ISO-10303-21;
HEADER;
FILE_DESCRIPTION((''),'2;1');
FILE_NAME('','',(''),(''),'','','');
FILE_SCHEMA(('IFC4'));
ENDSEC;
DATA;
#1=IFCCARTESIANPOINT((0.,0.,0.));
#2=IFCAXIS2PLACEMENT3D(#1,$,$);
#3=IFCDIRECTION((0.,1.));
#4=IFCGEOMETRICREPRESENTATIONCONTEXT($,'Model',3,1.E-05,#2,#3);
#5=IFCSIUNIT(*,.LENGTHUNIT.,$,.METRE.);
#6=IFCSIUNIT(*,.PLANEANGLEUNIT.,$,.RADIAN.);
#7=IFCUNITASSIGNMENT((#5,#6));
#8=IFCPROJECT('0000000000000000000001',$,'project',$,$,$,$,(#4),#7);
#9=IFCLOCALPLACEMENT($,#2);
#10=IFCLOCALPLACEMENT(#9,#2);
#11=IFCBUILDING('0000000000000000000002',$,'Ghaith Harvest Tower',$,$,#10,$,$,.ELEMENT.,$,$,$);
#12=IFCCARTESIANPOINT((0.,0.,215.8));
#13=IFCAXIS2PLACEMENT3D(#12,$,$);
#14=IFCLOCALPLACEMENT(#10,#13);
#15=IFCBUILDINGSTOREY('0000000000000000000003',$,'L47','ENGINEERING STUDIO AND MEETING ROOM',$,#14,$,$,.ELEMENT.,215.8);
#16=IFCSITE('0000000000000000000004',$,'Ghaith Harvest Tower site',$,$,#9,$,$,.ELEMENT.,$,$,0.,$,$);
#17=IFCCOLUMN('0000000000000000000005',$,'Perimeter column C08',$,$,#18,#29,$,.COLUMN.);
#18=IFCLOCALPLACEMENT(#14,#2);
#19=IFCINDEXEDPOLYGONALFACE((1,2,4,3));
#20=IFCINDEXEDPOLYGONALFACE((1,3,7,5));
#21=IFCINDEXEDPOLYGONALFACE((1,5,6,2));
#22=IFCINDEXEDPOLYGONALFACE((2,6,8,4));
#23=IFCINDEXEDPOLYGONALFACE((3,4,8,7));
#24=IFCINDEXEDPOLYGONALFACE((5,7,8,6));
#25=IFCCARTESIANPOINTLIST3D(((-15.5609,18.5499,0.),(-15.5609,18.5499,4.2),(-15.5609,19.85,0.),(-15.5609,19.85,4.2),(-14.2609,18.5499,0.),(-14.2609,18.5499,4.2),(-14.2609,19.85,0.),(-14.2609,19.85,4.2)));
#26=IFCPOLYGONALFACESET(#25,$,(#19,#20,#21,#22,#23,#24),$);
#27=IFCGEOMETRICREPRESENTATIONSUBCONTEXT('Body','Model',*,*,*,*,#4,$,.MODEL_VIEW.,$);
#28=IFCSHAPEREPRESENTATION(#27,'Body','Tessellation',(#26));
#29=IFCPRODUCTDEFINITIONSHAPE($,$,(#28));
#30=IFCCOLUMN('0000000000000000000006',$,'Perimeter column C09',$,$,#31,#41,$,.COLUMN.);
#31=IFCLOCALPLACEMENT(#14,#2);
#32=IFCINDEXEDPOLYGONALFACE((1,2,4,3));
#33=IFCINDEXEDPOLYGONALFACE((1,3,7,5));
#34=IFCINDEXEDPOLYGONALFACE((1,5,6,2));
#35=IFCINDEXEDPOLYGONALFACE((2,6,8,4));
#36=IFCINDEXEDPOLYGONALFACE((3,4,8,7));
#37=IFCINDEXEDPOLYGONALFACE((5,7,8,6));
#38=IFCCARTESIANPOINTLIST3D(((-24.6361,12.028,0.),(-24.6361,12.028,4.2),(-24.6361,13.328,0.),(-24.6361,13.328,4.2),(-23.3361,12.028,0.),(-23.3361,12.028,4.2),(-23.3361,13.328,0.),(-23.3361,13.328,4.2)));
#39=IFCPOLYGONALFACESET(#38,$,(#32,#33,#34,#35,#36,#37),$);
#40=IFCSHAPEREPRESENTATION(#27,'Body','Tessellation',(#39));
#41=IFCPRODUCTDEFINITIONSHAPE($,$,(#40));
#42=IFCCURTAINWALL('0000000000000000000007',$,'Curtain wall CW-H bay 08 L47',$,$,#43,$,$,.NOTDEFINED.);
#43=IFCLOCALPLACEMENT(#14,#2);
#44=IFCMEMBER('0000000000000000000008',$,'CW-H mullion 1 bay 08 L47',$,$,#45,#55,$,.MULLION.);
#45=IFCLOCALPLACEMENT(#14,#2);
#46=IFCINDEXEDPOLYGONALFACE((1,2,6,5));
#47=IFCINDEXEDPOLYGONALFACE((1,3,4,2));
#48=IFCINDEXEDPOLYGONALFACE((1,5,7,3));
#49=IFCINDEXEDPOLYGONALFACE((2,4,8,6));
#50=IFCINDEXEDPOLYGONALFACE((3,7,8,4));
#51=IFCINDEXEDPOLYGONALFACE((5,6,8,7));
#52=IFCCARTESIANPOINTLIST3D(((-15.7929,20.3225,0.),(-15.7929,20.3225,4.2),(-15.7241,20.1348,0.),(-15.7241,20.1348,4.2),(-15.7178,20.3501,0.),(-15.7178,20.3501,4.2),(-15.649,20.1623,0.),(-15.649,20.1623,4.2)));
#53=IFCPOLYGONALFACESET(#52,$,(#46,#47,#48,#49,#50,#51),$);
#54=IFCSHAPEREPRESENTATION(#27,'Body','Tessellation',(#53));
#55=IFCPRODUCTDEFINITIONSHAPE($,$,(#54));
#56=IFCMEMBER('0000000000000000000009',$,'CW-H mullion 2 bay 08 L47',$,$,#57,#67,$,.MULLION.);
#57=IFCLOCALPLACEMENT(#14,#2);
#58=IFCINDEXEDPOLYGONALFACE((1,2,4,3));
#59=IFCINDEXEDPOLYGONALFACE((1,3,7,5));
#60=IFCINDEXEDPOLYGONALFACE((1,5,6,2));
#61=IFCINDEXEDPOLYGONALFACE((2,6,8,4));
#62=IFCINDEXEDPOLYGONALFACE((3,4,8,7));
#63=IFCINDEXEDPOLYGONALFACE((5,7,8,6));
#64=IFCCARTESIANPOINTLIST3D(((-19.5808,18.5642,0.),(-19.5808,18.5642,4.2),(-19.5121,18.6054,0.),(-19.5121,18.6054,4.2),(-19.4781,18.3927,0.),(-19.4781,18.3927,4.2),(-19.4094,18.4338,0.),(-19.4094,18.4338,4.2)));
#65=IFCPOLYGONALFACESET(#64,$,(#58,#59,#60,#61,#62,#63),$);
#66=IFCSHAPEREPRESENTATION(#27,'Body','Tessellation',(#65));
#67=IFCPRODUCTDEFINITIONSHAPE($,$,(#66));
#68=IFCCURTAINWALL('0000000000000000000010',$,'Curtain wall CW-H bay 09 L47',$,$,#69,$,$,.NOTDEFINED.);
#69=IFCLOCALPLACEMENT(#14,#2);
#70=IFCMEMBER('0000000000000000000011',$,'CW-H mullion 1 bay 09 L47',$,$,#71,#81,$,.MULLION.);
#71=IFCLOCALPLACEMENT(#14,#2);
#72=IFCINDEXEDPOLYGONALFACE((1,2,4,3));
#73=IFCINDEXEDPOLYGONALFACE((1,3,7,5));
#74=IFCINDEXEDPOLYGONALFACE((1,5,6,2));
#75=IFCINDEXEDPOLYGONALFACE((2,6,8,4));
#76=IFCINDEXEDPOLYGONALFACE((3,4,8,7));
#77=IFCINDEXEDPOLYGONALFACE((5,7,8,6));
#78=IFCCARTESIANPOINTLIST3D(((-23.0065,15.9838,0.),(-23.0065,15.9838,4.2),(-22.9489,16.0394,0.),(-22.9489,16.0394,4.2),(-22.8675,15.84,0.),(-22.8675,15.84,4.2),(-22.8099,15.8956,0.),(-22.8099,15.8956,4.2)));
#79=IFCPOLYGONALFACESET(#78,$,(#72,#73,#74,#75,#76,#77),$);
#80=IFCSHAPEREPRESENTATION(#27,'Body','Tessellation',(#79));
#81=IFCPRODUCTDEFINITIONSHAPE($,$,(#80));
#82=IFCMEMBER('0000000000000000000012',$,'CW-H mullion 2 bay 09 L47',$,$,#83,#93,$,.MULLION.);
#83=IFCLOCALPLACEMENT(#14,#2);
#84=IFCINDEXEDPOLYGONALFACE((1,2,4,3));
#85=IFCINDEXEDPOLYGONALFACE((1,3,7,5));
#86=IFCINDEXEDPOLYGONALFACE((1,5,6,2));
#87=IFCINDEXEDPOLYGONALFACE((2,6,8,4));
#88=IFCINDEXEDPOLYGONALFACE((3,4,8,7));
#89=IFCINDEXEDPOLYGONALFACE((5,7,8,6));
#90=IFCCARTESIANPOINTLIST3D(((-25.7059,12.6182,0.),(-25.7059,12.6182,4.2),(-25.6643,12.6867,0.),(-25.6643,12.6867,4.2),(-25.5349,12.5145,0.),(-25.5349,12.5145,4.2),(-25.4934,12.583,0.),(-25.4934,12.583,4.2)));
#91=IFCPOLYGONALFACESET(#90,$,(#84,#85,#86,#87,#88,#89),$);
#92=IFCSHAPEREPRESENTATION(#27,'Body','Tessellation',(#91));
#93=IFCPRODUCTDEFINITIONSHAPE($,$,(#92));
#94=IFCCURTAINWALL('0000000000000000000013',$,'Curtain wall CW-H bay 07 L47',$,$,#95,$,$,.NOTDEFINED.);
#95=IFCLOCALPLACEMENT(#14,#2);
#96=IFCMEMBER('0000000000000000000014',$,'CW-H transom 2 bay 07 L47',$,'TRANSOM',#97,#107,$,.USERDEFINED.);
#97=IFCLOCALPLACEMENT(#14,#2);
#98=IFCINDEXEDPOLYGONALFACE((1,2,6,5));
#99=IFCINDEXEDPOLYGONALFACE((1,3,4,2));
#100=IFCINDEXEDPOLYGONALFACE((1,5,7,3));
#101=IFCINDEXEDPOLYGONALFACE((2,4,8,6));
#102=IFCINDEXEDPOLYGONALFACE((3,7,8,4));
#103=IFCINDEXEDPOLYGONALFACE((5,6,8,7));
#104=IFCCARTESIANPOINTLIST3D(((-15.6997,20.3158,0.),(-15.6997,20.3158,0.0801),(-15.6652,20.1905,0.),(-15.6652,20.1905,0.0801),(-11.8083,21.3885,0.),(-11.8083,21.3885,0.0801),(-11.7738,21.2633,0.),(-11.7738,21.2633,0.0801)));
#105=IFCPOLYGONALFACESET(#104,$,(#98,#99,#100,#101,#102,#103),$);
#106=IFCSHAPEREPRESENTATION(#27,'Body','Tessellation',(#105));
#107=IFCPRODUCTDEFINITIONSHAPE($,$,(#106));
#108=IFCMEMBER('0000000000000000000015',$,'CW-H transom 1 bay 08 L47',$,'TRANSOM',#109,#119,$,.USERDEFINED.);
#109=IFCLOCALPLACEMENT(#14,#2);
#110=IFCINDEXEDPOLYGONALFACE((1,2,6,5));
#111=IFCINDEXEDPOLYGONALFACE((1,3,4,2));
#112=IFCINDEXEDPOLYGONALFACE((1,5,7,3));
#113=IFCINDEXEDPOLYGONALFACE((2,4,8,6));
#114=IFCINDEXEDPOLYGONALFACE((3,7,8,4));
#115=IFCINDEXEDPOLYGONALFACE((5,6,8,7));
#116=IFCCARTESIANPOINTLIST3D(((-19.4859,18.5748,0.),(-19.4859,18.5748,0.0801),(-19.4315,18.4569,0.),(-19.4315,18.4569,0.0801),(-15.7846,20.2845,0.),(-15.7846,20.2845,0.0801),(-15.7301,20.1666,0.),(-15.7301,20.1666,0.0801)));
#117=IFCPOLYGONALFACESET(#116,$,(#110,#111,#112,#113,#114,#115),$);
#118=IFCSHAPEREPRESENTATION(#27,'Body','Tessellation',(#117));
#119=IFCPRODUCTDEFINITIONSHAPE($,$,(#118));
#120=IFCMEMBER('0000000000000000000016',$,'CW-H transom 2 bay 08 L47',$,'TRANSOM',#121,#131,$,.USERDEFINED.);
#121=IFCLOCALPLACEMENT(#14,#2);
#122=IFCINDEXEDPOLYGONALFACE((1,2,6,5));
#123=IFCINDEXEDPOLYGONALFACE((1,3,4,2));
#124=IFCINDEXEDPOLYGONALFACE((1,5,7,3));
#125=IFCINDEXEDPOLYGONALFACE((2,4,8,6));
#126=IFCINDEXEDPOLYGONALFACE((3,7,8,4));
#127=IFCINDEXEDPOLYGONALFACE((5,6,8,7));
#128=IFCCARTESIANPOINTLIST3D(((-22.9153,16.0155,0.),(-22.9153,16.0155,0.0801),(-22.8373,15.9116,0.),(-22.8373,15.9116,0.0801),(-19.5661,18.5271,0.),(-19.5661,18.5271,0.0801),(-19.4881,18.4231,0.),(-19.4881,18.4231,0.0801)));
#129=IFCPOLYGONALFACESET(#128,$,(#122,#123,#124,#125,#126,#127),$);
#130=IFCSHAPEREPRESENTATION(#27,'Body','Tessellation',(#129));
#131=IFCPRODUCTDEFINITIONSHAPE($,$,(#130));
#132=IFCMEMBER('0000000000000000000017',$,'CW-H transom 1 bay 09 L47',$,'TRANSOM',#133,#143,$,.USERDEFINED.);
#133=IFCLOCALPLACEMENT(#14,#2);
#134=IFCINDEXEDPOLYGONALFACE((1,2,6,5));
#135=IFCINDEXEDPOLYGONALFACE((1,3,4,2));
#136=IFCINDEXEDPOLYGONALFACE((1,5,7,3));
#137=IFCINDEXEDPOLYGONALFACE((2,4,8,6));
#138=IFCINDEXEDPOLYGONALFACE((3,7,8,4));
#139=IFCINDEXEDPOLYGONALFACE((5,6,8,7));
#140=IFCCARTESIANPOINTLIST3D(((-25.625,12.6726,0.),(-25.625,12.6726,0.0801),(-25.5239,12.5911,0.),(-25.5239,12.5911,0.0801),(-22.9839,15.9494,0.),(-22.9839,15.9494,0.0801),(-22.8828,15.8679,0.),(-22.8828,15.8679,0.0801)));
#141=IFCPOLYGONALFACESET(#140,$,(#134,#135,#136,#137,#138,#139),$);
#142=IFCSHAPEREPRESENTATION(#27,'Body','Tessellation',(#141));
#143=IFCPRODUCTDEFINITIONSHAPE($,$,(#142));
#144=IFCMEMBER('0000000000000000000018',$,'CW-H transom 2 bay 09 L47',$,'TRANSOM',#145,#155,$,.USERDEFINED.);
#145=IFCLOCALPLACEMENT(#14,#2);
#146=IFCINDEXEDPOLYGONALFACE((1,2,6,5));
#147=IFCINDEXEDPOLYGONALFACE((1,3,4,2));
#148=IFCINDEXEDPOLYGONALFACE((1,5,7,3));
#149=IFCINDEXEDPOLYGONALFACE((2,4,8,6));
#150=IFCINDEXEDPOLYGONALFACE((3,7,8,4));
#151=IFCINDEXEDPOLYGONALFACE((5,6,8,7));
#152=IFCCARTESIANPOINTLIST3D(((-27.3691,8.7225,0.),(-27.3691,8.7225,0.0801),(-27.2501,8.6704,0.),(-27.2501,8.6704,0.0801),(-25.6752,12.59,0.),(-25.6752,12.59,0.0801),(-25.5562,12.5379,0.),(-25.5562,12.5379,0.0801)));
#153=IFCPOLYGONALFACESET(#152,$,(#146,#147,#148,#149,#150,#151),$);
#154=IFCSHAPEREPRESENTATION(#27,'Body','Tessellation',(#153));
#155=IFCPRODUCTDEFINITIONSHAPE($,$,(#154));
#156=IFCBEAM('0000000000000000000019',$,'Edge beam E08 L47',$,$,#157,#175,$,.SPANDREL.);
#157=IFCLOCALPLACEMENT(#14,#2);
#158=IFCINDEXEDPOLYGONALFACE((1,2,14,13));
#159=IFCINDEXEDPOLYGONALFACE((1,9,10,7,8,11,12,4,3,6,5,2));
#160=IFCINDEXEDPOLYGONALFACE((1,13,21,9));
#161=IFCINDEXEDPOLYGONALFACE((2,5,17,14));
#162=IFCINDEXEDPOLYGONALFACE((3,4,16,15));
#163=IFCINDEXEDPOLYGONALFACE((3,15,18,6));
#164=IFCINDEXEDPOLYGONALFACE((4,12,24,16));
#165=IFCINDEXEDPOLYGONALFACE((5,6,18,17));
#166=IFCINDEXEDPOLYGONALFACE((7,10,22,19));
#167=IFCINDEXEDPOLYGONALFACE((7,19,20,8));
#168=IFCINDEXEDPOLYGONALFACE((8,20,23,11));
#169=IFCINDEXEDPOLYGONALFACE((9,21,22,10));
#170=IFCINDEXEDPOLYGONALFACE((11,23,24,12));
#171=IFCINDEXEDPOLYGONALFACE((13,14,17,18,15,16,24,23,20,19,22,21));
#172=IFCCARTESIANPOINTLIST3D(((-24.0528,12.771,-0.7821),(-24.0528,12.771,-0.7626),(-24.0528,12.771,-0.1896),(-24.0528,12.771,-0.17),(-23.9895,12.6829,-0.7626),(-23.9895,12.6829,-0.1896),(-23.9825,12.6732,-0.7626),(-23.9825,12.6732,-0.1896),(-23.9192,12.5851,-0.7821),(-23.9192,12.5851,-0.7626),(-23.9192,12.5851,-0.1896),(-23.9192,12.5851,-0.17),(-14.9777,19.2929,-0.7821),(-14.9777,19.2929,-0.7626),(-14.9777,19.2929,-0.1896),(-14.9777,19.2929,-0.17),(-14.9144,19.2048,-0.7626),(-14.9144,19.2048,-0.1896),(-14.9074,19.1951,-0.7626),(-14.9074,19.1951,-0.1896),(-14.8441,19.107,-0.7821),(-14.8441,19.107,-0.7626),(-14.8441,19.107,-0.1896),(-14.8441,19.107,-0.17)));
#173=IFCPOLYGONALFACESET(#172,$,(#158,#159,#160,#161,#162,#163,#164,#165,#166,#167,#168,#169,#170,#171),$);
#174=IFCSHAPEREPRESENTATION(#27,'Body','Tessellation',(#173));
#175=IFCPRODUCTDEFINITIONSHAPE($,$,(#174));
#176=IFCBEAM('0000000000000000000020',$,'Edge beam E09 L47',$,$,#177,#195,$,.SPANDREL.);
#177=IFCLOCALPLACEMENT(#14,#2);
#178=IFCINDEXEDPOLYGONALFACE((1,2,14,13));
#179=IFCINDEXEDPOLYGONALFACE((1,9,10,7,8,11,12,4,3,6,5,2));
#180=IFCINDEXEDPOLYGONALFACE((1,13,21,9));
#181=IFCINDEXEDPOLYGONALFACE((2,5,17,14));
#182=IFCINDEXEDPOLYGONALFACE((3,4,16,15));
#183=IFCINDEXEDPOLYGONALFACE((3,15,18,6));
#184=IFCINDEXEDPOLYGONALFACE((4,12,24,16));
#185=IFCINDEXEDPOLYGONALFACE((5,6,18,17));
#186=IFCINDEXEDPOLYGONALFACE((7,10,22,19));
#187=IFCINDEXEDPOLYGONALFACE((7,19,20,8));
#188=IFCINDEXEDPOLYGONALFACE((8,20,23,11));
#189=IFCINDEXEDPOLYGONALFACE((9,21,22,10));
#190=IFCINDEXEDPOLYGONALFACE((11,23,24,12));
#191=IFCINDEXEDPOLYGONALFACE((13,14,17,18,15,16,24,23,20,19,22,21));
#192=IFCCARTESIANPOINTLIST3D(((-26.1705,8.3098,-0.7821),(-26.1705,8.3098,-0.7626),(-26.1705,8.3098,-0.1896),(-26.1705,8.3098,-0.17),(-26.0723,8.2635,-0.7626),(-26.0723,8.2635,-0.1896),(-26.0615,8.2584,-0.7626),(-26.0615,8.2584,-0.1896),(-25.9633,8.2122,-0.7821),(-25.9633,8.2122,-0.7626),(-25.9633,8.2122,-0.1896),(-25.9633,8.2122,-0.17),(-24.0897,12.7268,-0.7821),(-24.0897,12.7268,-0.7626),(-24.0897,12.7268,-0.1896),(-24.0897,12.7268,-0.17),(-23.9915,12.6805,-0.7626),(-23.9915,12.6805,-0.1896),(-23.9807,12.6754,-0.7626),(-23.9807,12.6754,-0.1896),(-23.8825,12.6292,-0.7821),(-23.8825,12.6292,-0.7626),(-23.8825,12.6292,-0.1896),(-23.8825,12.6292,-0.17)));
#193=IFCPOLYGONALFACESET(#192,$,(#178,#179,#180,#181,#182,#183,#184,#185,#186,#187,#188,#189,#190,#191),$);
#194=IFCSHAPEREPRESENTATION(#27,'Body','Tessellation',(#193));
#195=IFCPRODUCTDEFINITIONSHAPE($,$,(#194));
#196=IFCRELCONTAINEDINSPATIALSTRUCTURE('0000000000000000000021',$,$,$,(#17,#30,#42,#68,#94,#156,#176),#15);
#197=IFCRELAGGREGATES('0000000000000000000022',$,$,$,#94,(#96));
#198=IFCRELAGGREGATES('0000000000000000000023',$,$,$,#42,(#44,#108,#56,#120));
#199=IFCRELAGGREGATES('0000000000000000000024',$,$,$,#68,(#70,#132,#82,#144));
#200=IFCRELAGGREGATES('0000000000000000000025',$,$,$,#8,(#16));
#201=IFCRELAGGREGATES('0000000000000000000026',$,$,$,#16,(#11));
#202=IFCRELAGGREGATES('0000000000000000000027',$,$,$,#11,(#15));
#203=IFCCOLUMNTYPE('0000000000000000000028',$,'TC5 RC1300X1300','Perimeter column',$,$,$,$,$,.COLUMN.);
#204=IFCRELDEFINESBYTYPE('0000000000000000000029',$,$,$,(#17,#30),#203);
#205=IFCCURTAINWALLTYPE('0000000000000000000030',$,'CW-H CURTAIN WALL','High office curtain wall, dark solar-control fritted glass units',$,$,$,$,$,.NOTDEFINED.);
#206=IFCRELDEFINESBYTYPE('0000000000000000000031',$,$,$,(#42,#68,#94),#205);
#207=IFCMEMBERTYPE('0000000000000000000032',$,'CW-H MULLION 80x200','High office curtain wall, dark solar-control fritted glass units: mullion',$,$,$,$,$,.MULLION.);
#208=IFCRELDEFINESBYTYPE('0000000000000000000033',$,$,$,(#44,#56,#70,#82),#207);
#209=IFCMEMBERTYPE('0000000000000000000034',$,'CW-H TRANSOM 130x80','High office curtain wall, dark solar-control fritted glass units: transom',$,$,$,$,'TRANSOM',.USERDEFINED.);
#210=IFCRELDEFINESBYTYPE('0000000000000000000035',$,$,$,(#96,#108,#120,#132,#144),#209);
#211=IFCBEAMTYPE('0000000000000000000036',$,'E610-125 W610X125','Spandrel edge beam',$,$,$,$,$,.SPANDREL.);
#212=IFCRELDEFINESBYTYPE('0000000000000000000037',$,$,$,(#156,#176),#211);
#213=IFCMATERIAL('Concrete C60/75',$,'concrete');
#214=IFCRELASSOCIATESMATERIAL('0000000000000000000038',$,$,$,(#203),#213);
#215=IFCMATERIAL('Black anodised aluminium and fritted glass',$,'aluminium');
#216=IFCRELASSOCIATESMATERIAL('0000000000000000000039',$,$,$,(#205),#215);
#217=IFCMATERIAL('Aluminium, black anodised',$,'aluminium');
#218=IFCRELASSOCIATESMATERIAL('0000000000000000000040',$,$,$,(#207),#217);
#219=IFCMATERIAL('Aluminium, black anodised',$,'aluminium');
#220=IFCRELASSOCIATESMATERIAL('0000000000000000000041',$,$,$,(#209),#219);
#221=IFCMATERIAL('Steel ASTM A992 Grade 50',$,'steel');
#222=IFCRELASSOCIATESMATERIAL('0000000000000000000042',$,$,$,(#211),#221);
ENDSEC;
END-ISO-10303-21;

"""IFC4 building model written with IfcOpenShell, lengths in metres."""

from ifc_helpers import new_model, si_unit, direction, frame, origin, origin_2d, place, context, subcontext, project, spatial, rectangle, i_section, extrude, material, material_profile, profile_set, type_object, element, aggregate, save


model = new_model("IFC4")

# Units and contexts
model_context = context("Model", 3, precision=1e-05, world=origin(), true_north=direction((0.0, 1.0)))
body_context = subcontext(model_context, "Body", "Model", "MODEL_VIEW")
ifc_project = project(units=[si_unit("LENGTHUNIT", "METRE"), si_unit("PLANEANGLEUNIT", "RADIAN")], contexts=[model_context])

# Site, building, storey
site_placement = place(None, origin())
site = spatial("IfcSite", under=ifc_project, at=site_placement, Name="Ghaith Harvest Tower site", CompositionType="ELEMENT", RefElevation=0.0)
building_placement = place(site_placement, origin())
building = spatial("IfcBuilding", under=site, at=building_placement, Name="Ghaith Harvest Tower", CompositionType="ELEMENT")
storey_placement = place(building_placement, frame((0.0, 0.0, 215.8)))
storey = spatial("IfcBuildingStorey", under=building, at=storey_placement, Name="L47", Description="ENGINEERING STUDIO AND MEETING ROOM", CompositionType="ELEMENT", Elevation=215.8)

# Columns
ifc_material_1 = material(Name="Concrete C60/75", Category="concrete")
ifc_material_profile_1 = material_profile(ifc_material_1, rectangle(XDim=1.3, YDim=1.3, at=origin_2d()), Name="RC1300X1300")
ifc_profile_set_1 = profile_set([ifc_material_profile_1], Name="Concrete C60/75")
column_type = type_object("IfcColumnType", Name="TC5 RC1300X1300", Description="Perimeter column", PredefinedType="COLUMN", material=ifc_profile_set_1)
for number, where, z_axis, x_axis, name in (
    (1, (-14.9109, 19.2, 0.0), (0.0, 0.0, 1.0), (1.0, 0.0, 0.0), "Perimeter column C08"),
    (2, (-23.9861, 12.678, 0.0), (0.0, 0.0, 1.0), (1.0, 0.0, 0.0), "Perimeter column C09"),
):
    element("IfcColumn", number, at=place(storey_placement, frame(where, z_axis=z_axis, x_axis=x_axis)), inside=storey, type_object=column_type, Name=name, PredefinedType="COLUMN", context=body_context, shape_type="SweptSolid", body=[
        extrude(rectangle(XDim=1.3, YDim=1.3, at=origin_2d()), origin(), (0.0, 0.0, 1.0), 4.2),
    ])

# Curtain walls, members
ifc_material_2 = material(Name="Black anodised aluminium and fritted glass", Category="aluminium")
curtain_wall_type = type_object("IfcCurtainWallType", Name="CW-H CURTAIN WALL", Description="High office curtain wall, dark solar-control fritted glass units", PredefinedType="NOTDEFINED", material=ifc_material_2)
curtain_wall_1_placement = place(storey_placement, origin())
curtain_wall_1 = element("IfcCurtainWall", 3, at=curtain_wall_1_placement, inside=storey, type_object=curtain_wall_type, Name="Curtain wall CW-H bay 08 L47", PredefinedType="NOTDEFINED")
ifc_material_3 = material(Name="Aluminium, black anodised", Category="aluminium")
ifc_material_profile_2 = material_profile(ifc_material_3, rectangle(XDim=0.0801, YDim=0.2, at=origin_2d()), Name="CW-H MULLION 80x200")
ifc_profile_set_2 = profile_set([ifc_material_profile_2], Name="Aluminium, black anodised")
member_type_1 = type_object("IfcMemberType", Name="CW-H MULLION 80x200", Description="High office curtain wall, dark solar-control fritted glass units: mullion", PredefinedType="MULLION", material=ifc_profile_set_2)
member_1_placement = place(storey_placement, frame((-15.7209, 20.2424, 0.0), z_axis=(0.0, 0.0, 1.0), x_axis=(-0.938931, -0.344106, 0.0)))
member_1 = element("IfcMember", 4, at=member_1_placement, type_object=member_type_1, Name="CW-H mullion 1 bay 08 L47", PredefinedType="MULLION", context=body_context, shape_type="SweptSolid", body=[
    extrude(rectangle(XDim=0.0801, YDim=0.2, at=origin_2d()), origin(), (0.0, 0.0, 1.0), 4.2),
])
member_2_placement = place(storey_placement, frame((-19.4951, 18.499, 0.0), z_axis=(0.0, 0.0, 1.0), x_axis=(-0.857999, -0.513652, 0.0)))
member_2 = element("IfcMember", 5, at=member_2_placement, type_object=member_type_1, Name="CW-H mullion 2 bay 08 L47", PredefinedType="MULLION", context=body_context, shape_type="SweptSolid", body=[
    extrude(rectangle(XDim=0.0801, YDim=0.2, at=origin_2d()), origin(), (0.0, 0.0, 1.0), 4.2),
])
curtain_wall_2_placement = place(storey_placement, origin())
curtain_wall_2 = element("IfcCurtainWall", 6, at=curtain_wall_2_placement, inside=storey, type_object=curtain_wall_type, Name="Curtain wall CW-H bay 09 L47", PredefinedType="NOTDEFINED")
member_3_placement = place(storey_placement, frame((-22.9082, 15.9397, 0.0), z_axis=(0.0, 0.0, 1.0), x_axis=(-0.719146, -0.694859, 0.0)))
member_3 = element("IfcMember", 7, at=member_3_placement, type_object=member_type_1, Name="CW-H mullion 1 bay 09 L47", PredefinedType="MULLION", context=body_context, shape_type="SweptSolid", body=[
    extrude(rectangle(XDim=0.0801, YDim=0.2, at=origin_2d()), origin(), (0.0, 0.0, 1.0), 4.2),
])
member_4_placement = place(storey_placement, frame((-25.5996, 12.6006, 0.0), z_axis=(0.0, 0.0, 1.0), x_axis=(-0.518769, -0.854914, 0.0)))
member_4 = element("IfcMember", 8, at=member_4_placement, type_object=member_type_1, Name="CW-H mullion 2 bay 09 L47", PredefinedType="MULLION", context=body_context, shape_type="SweptSolid", body=[
    extrude(rectangle(XDim=0.0801, YDim=0.2, at=origin_2d()), origin(), (0.0, 0.0, 1.0), 4.2),
])

# Curtain wall, member
curtain_wall_3_placement = place(storey_placement, origin())
curtain_wall_3 = element("IfcCurtainWall", 9, at=curtain_wall_3_placement, inside=storey, type_object=curtain_wall_type, Name="Curtain wall CW-H bay 07 L47", PredefinedType="NOTDEFINED")
ifc_material_4 = material(Name="Aluminium, black anodised", Category="aluminium")
ifc_material_profile_3 = material_profile(ifc_material_4, rectangle(XDim=0.1299, YDim=0.0801, at=origin_2d()), Name="CW-H TRANSOM 130x80")
ifc_profile_set_3 = profile_set([ifc_material_profile_3], Name="Aluminium, black anodised")
member_type_2 = type_object("IfcMemberType", Name="CW-H TRANSOM 130x80", Description="High office curtain wall, dark solar-control fritted glass units: transom", ElementType="TRANSOM", PredefinedType="USERDEFINED", material=ifc_profile_set_3)
member_5_placement = place(storey_placement, frame((-11.791, 21.3259, 0.04), z_axis=(-0.964039, -0.265762, 0.0), x_axis=(0.265762, -0.964039, 0.0)))
member_5 = element("IfcMember", 10, at=member_5_placement, type_object=member_type_2, Name="CW-H transom 2 bay 07 L47", ObjectType="TRANSOM", PredefinedType="USERDEFINED", context=body_context, shape_type="SweptSolid", body=[
    extrude(rectangle(XDim=0.1299, YDim=0.0801, at=origin_2d()), origin(), (0.0, 0.0, 1.0), 4.0366),
])

# Members
member_6_placement = place(storey_placement, frame((-15.7573, 20.2256, 0.04), z_axis=(-0.907831, -0.419335, 0.0), x_axis=(0.419335, -0.907831, 0.0)))
member_6 = element("IfcMember", 11, at=member_6_placement, type_object=member_type_2, Name="CW-H transom 1 bay 08 L47", ObjectType="TRANSOM", PredefinedType="USERDEFINED", context=body_context, shape_type="SweptSolid", body=[
    extrude(rectangle(XDim=0.1299, YDim=0.0801, at=origin_2d()), origin(), (0.0, 0.0, 1.0), 4.0771),
])
member_7_placement = place(storey_placement, frame((-19.5271, 18.4751, 0.04), z_axis=(-0.800042, -0.599944, 0.0), x_axis=(0.599944, -0.800042, 0.0)))
member_7 = element("IfcMember", 12, at=member_7_placement, type_object=member_type_2, Name="CW-H transom 2 bay 08 L47", ObjectType="TRANSOM", PredefinedType="USERDEFINED", context=body_context, shape_type="SweptSolid", body=[
    extrude(rectangle(XDim=0.1299, YDim=0.0801, at=origin_2d()), origin(), (0.0, 0.0, 1.0), 4.1863),
])
member_8_placement = place(storey_placement, frame((-22.9333, 15.9087, 0.04), z_axis=(-0.627535, -0.778589, 0.0), x_axis=(0.778589, -0.627535, 0.0)))
member_8 = element("IfcMember", 13, at=member_8_placement, type_object=member_type_2, Name="CW-H transom 1 bay 09 L47", ObjectType="TRANSOM", PredefinedType="USERDEFINED", context=body_context, shape_type="SweptSolid", body=[
    extrude(rectangle(XDim=0.1299, YDim=0.0801, at=origin_2d()), origin(), (0.0, 0.0, 1.0), 4.2087),
])
member_9_placement = place(storey_placement, frame((-25.6157, 12.564, 0.04), z_axis=(-0.401186, -0.915997, 0.0), x_axis=(0.915997, -0.401186, 0.0)))
member_9 = element("IfcMember", 14, at=member_9_placement, type_object=member_type_2, Name="CW-H transom 2 bay 09 L47", ObjectType="TRANSOM", PredefinedType="USERDEFINED", context=body_context, shape_type="SweptSolid", body=[
    extrude(rectangle(XDim=0.1299, YDim=0.0801, at=origin_2d()), origin(), (0.0, 0.0, 1.0), 4.2222),
])

# Beams
ifc_material_5 = material(Name="Steel ASTM A992 Grade 50", Category="steel")
ifc_material_profile_4 = material_profile(ifc_material_5, i_section(OverallWidth=0.229, OverallDepth=0.6121, WebThickness=0.012, FlangeThickness=0.0195, at=origin_2d()), Name="W610X125")
ifc_profile_set_4 = profile_set([ifc_material_profile_4], Name="Steel ASTM A992 Grade 50")
beam_type = type_object("IfcBeamType", Name="E610-125 W610X125", Description="Spandrel edge beam", PredefinedType="SPANDREL", material=ifc_profile_set_4)
beam_1_placement = place(storey_placement, frame((-14.9109, 19.2, -0.4761), z_axis=(-0.81205, -0.583587, 0.0), x_axis=(0.583587, -0.81205, 0.0)))
element("IfcBeam", 15, at=beam_1_placement, inside=storey, type_object=beam_type, Name="Edge beam E08 L47", PredefinedType="SPANDREL", context=body_context, shape_type="SweptSolid", body=[
    extrude(i_section(OverallWidth=0.229, OverallDepth=0.6121, WebThickness=0.012, FlangeThickness=0.0195, at=origin_2d()), origin(), (0.0, 0.0, 1.0), 11.1755),
])
beam_2_placement = place(storey_placement, frame((-23.9861, 12.678, -0.4761), z_axis=(-0.42617, -0.904643, 0.0), x_axis=(0.904643, -0.42617, 0.0)))
element("IfcBeam", 16, at=beam_2_placement, inside=storey, type_object=beam_type, Name="Edge beam E09 L47", PredefinedType="SPANDREL", context=body_context, shape_type="SweptSolid", body=[
    extrude(i_section(OverallWidth=0.229, OverallDepth=0.6121, WebThickness=0.012, FlangeThickness=0.0195, at=origin_2d()), origin(), (0.0, 0.0, 1.0), 4.8826),
])

aggregate(curtain_wall_3, [member_5])
aggregate(curtain_wall_1, [member_1, member_6, member_2, member_7])
aggregate(curtain_wall_2, [member_3, member_8, member_4, member_9])

save(model, "model.ifc")
